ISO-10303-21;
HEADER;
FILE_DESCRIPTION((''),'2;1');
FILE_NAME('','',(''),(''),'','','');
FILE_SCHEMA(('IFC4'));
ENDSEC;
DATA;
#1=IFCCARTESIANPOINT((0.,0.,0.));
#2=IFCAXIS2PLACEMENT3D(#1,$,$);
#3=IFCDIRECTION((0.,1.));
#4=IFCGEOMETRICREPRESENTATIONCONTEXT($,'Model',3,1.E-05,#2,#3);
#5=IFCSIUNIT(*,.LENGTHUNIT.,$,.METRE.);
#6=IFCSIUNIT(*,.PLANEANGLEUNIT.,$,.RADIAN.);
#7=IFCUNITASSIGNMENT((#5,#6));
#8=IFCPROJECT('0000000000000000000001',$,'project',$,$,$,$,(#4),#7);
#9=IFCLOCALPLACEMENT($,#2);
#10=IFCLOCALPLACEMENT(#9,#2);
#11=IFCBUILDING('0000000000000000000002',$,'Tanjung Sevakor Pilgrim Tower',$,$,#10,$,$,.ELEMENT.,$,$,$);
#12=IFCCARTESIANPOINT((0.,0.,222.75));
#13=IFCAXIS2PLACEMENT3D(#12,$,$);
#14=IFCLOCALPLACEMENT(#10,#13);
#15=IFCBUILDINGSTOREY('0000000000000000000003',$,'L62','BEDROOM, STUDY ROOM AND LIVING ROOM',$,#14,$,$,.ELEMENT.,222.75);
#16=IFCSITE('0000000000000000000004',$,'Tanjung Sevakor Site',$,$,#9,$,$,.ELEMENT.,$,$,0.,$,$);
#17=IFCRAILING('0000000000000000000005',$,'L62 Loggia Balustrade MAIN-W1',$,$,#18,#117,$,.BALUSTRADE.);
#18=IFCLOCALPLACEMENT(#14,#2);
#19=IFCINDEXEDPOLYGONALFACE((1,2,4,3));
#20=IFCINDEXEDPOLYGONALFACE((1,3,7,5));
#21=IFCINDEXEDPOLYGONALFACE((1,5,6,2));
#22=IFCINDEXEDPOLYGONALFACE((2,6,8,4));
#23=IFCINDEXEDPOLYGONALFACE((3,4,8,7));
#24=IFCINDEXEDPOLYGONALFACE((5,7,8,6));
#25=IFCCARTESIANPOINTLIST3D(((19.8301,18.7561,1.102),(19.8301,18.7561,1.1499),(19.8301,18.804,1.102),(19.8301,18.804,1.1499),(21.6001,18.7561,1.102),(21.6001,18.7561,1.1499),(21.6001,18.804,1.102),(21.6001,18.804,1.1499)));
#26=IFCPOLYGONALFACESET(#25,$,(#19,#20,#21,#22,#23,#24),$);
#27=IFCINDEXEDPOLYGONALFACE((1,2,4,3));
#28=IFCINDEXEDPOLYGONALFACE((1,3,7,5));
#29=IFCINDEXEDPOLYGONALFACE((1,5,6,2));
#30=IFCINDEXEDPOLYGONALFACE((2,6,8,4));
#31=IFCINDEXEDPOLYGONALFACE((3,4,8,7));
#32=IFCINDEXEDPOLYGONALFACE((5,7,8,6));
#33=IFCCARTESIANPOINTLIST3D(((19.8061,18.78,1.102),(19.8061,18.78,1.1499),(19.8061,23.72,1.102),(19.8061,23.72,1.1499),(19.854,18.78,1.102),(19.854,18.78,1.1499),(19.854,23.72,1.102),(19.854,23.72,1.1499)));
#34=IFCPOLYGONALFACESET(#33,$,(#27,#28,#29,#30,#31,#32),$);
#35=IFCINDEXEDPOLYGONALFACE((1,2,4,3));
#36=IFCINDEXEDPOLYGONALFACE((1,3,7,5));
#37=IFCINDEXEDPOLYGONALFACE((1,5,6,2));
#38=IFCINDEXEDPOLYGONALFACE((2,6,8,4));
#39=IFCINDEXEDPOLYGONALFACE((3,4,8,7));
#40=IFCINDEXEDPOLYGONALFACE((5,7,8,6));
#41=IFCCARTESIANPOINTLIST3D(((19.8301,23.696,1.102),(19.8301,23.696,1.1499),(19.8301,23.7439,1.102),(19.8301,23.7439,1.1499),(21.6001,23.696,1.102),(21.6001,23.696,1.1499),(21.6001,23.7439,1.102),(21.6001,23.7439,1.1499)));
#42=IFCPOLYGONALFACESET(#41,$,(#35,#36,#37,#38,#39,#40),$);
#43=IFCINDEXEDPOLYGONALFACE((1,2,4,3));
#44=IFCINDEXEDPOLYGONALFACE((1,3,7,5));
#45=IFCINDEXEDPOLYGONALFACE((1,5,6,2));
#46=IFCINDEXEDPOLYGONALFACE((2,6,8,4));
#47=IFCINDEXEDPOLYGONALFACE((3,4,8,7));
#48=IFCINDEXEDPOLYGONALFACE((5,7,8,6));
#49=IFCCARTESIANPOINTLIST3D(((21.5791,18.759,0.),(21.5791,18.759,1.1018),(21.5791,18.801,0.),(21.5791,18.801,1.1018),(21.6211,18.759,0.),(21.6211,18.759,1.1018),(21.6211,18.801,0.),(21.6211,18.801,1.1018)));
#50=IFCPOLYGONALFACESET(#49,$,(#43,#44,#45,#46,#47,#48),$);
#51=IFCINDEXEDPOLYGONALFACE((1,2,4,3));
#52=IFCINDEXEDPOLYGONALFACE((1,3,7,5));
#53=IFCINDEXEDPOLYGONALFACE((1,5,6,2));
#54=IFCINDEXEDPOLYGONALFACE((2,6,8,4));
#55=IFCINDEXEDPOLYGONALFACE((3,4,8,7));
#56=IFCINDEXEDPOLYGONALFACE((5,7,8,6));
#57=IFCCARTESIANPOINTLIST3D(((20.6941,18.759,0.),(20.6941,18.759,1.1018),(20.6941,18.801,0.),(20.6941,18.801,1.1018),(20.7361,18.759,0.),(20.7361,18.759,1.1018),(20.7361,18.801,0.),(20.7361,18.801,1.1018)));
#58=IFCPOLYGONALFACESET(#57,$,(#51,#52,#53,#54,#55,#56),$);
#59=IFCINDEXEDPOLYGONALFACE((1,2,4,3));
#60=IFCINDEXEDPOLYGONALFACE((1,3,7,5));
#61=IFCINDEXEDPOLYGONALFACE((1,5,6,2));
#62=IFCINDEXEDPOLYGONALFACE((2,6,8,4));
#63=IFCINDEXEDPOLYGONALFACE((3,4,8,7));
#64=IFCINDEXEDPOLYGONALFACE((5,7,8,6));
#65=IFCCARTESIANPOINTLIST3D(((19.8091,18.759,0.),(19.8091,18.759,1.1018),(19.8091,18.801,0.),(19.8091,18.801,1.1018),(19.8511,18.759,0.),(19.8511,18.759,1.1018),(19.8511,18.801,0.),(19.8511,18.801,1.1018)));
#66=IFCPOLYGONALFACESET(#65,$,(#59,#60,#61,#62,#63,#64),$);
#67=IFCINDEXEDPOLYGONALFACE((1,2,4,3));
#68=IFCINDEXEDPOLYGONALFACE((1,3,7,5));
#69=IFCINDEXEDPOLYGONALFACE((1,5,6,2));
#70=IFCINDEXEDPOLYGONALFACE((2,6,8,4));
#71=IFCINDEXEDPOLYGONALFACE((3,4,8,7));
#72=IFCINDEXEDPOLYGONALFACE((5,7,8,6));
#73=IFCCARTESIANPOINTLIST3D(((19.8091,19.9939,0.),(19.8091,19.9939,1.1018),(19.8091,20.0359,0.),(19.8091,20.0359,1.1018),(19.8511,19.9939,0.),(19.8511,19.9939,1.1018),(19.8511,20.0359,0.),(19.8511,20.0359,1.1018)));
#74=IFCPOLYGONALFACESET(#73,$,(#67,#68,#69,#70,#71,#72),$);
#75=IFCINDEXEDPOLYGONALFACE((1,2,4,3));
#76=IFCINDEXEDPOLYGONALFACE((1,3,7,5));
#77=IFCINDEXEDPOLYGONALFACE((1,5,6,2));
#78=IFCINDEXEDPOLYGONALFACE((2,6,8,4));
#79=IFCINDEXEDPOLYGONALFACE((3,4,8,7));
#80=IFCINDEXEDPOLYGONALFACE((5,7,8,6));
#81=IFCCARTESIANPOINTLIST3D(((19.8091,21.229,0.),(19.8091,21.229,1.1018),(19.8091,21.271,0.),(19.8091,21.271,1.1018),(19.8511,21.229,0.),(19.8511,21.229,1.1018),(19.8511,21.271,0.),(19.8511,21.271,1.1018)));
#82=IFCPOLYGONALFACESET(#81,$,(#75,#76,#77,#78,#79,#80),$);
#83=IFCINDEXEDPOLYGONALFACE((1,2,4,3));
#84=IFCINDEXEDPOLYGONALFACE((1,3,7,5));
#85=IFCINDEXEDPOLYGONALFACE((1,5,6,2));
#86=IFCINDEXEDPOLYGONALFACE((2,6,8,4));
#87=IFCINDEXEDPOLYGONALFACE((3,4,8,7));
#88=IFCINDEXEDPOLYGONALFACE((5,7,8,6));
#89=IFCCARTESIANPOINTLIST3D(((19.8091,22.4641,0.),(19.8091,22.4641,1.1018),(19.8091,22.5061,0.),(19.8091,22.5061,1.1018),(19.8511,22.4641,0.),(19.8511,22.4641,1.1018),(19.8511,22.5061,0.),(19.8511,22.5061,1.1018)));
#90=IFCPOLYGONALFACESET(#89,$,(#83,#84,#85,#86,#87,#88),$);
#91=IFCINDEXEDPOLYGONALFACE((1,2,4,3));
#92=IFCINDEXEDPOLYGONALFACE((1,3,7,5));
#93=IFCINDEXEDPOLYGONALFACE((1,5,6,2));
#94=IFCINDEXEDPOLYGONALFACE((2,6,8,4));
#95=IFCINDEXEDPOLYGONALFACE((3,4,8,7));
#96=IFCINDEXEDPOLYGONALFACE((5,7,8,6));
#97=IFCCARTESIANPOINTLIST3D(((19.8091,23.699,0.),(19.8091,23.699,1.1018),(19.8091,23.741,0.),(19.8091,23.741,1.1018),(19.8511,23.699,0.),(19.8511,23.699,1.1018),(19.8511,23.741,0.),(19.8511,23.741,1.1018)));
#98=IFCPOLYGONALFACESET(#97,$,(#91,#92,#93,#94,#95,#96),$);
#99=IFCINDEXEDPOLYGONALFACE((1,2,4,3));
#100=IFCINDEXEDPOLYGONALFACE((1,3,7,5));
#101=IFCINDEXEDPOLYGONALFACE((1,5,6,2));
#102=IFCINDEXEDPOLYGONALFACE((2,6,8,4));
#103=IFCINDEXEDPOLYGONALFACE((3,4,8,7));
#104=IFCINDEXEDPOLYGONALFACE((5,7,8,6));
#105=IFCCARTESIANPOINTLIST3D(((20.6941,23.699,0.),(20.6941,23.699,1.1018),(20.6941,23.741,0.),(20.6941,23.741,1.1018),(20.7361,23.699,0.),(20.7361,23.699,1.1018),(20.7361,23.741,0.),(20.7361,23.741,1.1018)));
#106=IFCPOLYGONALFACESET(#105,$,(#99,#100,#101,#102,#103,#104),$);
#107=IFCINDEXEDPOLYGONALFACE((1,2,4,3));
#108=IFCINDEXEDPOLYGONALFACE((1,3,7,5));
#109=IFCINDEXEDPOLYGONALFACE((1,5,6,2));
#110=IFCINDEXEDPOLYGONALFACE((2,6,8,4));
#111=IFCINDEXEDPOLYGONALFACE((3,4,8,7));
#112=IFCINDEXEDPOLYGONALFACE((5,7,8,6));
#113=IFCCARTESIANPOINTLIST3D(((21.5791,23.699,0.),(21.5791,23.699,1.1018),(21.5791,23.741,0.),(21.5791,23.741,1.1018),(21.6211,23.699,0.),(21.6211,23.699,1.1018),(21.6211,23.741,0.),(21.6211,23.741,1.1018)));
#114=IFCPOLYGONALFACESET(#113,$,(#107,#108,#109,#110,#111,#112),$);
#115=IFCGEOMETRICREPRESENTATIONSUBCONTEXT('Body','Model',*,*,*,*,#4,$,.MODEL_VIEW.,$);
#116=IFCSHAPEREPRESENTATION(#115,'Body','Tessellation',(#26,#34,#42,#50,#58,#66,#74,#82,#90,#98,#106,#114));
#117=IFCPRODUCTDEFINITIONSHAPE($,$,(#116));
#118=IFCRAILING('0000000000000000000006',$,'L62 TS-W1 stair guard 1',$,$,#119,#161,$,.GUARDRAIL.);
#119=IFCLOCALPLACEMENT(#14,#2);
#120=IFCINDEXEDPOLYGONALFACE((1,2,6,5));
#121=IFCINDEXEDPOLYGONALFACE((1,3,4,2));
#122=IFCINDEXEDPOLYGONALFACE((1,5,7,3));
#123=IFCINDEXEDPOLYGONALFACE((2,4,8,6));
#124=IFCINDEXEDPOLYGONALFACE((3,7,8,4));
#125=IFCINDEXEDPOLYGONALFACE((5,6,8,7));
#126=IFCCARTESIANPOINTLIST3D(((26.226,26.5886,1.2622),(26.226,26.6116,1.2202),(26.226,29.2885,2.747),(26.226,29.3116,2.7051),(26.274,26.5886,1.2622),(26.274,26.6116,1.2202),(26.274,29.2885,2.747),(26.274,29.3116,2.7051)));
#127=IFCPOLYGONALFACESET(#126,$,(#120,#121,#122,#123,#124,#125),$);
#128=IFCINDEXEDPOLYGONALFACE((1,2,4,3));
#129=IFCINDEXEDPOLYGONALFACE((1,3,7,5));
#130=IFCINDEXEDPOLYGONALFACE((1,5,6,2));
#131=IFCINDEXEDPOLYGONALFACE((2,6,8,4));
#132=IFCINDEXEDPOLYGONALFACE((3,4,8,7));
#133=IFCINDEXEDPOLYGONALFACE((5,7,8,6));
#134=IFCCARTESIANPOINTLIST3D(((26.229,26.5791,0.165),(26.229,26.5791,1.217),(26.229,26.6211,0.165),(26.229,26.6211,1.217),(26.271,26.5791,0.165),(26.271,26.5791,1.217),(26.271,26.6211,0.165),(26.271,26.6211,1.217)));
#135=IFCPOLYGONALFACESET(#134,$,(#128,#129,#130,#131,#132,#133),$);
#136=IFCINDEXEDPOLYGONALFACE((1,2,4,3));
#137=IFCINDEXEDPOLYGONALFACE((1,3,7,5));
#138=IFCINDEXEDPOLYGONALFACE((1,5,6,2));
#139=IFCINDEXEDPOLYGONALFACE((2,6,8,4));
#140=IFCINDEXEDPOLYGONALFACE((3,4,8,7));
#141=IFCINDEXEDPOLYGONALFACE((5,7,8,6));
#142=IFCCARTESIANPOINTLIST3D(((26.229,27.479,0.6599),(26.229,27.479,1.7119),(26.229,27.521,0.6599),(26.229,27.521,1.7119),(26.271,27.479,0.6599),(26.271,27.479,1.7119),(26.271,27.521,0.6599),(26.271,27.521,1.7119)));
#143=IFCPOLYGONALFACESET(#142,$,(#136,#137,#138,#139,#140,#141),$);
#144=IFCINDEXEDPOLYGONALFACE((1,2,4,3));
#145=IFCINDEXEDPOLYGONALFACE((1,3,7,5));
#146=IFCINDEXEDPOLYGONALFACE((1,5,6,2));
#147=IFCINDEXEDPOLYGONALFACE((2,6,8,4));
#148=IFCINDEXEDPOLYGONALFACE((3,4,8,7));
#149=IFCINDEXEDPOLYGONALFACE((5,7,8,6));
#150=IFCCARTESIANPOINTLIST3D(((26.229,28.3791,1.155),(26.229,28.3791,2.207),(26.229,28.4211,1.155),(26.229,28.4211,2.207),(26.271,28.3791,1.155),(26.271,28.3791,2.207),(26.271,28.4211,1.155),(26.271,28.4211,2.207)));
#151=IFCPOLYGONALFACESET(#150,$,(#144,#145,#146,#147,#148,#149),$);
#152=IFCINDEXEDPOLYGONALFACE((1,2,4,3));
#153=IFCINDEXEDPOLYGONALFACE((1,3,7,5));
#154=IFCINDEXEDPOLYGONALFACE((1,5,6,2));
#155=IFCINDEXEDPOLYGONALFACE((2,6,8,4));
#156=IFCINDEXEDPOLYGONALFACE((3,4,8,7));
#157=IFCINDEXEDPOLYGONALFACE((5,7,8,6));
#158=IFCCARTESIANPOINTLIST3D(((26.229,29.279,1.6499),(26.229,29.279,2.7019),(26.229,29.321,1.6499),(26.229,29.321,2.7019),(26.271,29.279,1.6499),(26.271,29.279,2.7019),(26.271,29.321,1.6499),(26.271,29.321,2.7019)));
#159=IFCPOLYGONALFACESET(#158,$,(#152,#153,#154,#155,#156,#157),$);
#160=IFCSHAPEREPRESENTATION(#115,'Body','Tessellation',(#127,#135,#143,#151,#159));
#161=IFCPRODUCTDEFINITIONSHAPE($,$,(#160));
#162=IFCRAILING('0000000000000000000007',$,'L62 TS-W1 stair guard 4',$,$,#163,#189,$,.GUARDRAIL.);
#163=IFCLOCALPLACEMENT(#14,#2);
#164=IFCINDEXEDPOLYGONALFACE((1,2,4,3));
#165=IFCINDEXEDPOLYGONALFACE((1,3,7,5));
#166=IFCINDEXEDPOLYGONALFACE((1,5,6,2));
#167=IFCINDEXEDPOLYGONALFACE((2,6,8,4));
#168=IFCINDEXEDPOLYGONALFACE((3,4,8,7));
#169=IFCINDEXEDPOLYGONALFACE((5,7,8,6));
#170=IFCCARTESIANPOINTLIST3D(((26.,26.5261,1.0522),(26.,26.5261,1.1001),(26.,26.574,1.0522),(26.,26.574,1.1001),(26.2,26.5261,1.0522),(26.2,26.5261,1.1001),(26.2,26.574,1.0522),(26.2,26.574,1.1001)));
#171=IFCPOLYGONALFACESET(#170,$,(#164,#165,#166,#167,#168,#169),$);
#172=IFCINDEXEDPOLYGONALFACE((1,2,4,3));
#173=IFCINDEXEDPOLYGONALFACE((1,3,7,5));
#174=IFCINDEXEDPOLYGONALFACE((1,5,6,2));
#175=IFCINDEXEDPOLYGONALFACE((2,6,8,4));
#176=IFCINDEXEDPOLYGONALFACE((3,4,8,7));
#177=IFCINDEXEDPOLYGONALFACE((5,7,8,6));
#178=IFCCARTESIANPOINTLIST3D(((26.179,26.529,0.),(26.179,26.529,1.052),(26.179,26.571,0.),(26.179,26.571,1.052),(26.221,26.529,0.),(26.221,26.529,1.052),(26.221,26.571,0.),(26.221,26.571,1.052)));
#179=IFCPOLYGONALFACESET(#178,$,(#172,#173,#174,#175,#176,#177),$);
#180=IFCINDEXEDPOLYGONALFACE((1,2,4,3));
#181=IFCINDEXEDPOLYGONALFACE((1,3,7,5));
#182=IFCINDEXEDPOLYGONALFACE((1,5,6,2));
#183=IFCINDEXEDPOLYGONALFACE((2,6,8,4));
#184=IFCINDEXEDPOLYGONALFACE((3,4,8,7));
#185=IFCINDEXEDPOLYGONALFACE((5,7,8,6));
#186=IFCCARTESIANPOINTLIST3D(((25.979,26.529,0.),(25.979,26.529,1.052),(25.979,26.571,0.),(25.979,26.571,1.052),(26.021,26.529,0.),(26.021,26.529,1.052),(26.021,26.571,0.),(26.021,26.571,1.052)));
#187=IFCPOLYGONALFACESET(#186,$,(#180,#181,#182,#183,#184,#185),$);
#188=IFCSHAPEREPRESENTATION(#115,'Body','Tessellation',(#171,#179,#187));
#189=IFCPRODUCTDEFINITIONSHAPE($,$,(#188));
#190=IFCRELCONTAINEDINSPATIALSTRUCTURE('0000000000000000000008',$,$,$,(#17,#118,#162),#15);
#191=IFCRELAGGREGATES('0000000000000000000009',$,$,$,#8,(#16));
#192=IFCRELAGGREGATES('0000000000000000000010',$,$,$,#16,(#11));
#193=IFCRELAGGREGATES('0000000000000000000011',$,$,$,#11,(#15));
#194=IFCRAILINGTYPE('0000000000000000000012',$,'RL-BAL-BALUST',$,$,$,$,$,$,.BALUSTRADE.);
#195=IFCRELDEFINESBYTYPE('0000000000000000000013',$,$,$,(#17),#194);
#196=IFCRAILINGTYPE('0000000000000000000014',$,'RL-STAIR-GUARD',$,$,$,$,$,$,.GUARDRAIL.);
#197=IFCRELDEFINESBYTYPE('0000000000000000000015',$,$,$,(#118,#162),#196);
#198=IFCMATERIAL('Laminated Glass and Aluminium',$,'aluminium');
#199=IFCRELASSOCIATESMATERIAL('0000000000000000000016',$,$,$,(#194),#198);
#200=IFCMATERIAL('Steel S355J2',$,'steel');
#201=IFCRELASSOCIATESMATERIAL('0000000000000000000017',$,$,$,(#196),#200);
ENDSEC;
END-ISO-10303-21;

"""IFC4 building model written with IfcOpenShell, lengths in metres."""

from ifc_helpers import new_model, si_unit, direction, frame, origin, place, context, subcontext, project, spatial, rectangle, extrude, material, type_object, element, save


model = new_model("IFC4")

# Units and contexts
model_context = context("Model", 3, precision=1e-05, world=origin(), true_north=direction((0.0, 1.0)))
body_context = subcontext(model_context, "Body", "Model", "MODEL_VIEW")
ifc_project = project(units=[si_unit("LENGTHUNIT", "METRE"), si_unit("PLANEANGLEUNIT", "RADIAN")], contexts=[model_context])

# Site, building, storey
site_placement = place(None, origin())
site = spatial("IfcSite", under=ifc_project, at=site_placement, Name="Tanjung Sevakor Site", CompositionType="ELEMENT", RefElevation=0.0)
building_placement = place(site_placement, origin())
building = spatial("IfcBuilding", under=site, at=building_placement, Name="Tanjung Sevakor Pilgrim Tower", CompositionType="ELEMENT")
storey_placement = place(building_placement, frame((0.0, 0.0, 222.75)))
storey = spatial("IfcBuildingStorey", under=building, at=storey_placement, Name="L62", Description="BEDROOM, STUDY ROOM AND LIVING ROOM", CompositionType="ELEMENT", Elevation=222.75)

# Railings
ifc_material_1 = material(Name="Laminated Glass and Aluminium", Category="aluminium")
railing_type_1 = type_object("IfcRailingType", Name="RL-BAL-BALUST", PredefinedType="BALUSTRADE", material=ifc_material_1)
railing_1_placement = place(storey_placement, frame((21.6001, 18.78, 0.0)))
element("IfcRailing", 1, at=railing_1_placement, inside=storey, type_object=railing_type_1, Name="L62 Loggia Balustrade MAIN-W1", PredefinedType="BALUSTRADE", context=body_context, shape_type="SweptSolid", body=[
    extrude(rectangle(XDim=0.0479, YDim=0.0479), frame((0.0, 0.0, 1.126), z_axis=(-1.0, 0.0, 0.0), x_axis=(0.0, -1.0, 0.0)), (0.0, 0.0, 1.0), 1.77),
    extrude(rectangle(XDim=0.0479, YDim=0.0479), frame((-1.77, 0.0, 1.126), z_axis=(0.0, 1.0, 0.0), x_axis=(-1.0, 0.0, 0.0)), (0.0, 0.0, 1.0), 4.9399),
    extrude(rectangle(XDim=0.0479, YDim=0.0479), frame((-1.77, 4.9399, 1.126), z_axis=(1.0, 0.0, 0.0), x_axis=(0.0, 1.0, 0.0)), (0.0, 0.0, 1.0), 1.77),
    extrude(rectangle(XDim=0.042, YDim=0.042), origin(), (0.0, 0.0, 1.0), 1.1018),
    extrude(rectangle(XDim=0.042, YDim=0.042), frame((-0.885, 0.0, 0.0)), (0.0, 0.0, 1.0), 1.1018),
    extrude(rectangle(XDim=0.042, YDim=0.042), frame((-1.77, 0.0, 0.0)), (0.0, 0.0, 1.0), 1.1018),
    extrude(rectangle(XDim=0.042, YDim=0.042), frame((-1.77, 1.2349, 0.0)), (0.0, 0.0, 1.0), 1.1018),
    extrude(rectangle(XDim=0.042, YDim=0.042), frame((-1.77, 2.47, 0.0)), (0.0, 0.0, 1.0), 1.1018),
    extrude(rectangle(XDim=0.042, YDim=0.042), frame((-1.77, 3.7051, 0.0)), (0.0, 0.0, 1.0), 1.1018),
    extrude(rectangle(XDim=0.042, YDim=0.042), frame((-1.77, 4.9399, 0.0)), (0.0, 0.0, 1.0), 1.1018),
    extrude(rectangle(XDim=0.042, YDim=0.042), frame((-0.885, 4.9399, 0.0)), (0.0, 0.0, 1.0), 1.1018),
    extrude(rectangle(XDim=0.042, YDim=0.042), frame((0.0, 4.9399, 0.0)), (0.0, 0.0, 1.0), 1.1018),
])
ifc_material_2 = material(Name="Steel S355J2", Category="steel")
railing_type_2 = type_object("IfcRailingType", Name="RL-STAIR-GUARD", PredefinedType="GUARDRAIL", material=ifc_material_2)
railing_2_placement = place(storey_placement, frame((26.25, 26.6001, 0.165)))
element("IfcRailing", 2, at=railing_2_placement, inside=storey, type_object=railing_type_2, Name="L62 TS-W1 stair guard 1", PredefinedType="GUARDRAIL", context=body_context, shape_type="SweptSolid", body=[
    extrude(rectangle(XDim=0.0479, YDim=0.0479), frame((0.0, 0.0, 1.0762), z_axis=(0.0, 0.876231, 0.481891), x_axis=(-1.0, 0.0, 0.0)), (0.0, 0.0, 1.0), 3.0813),
    extrude(rectangle(XDim=0.042, YDim=0.042), origin(), (0.0, 0.0, 1.0), 1.052),
    extrude(rectangle(XDim=0.042, YDim=0.042), frame((0.0, 0.8999, 0.4949)), (0.0, 0.0, 1.0), 1.052),
    extrude(rectangle(XDim=0.042, YDim=0.042), frame((0.0, 1.8, 0.99)), (0.0, 0.0, 1.0), 1.052),
    extrude(rectangle(XDim=0.042, YDim=0.042), frame((0.0, 2.7, 1.4849)), (0.0, 0.0, 1.0), 1.052),
])
railing_3_placement = place(storey_placement, frame((26.2, 26.55, 0.0)))
element("IfcRailing", 3, at=railing_3_placement, inside=storey, type_object=railing_type_2, Name="L62 TS-W1 stair guard 4", PredefinedType="GUARDRAIL", context=body_context, shape_type="SweptSolid", body=[
    extrude(rectangle(XDim=0.0479, YDim=0.0479), frame((0.0, 0.0, 1.0762), z_axis=(-1.0, 0.0, 0.0), x_axis=(0.0, -1.0, 0.0)), (0.0, 0.0, 1.0), 0.2),
    extrude(rectangle(XDim=0.042, YDim=0.042), origin(), (0.0, 0.0, 1.0), 1.052),
    extrude(rectangle(XDim=0.042, YDim=0.042), frame((-0.2, 0.0, 0.0)), (0.0, 0.0, 1.0), 1.052),
])

save(model, "model.ifc")
